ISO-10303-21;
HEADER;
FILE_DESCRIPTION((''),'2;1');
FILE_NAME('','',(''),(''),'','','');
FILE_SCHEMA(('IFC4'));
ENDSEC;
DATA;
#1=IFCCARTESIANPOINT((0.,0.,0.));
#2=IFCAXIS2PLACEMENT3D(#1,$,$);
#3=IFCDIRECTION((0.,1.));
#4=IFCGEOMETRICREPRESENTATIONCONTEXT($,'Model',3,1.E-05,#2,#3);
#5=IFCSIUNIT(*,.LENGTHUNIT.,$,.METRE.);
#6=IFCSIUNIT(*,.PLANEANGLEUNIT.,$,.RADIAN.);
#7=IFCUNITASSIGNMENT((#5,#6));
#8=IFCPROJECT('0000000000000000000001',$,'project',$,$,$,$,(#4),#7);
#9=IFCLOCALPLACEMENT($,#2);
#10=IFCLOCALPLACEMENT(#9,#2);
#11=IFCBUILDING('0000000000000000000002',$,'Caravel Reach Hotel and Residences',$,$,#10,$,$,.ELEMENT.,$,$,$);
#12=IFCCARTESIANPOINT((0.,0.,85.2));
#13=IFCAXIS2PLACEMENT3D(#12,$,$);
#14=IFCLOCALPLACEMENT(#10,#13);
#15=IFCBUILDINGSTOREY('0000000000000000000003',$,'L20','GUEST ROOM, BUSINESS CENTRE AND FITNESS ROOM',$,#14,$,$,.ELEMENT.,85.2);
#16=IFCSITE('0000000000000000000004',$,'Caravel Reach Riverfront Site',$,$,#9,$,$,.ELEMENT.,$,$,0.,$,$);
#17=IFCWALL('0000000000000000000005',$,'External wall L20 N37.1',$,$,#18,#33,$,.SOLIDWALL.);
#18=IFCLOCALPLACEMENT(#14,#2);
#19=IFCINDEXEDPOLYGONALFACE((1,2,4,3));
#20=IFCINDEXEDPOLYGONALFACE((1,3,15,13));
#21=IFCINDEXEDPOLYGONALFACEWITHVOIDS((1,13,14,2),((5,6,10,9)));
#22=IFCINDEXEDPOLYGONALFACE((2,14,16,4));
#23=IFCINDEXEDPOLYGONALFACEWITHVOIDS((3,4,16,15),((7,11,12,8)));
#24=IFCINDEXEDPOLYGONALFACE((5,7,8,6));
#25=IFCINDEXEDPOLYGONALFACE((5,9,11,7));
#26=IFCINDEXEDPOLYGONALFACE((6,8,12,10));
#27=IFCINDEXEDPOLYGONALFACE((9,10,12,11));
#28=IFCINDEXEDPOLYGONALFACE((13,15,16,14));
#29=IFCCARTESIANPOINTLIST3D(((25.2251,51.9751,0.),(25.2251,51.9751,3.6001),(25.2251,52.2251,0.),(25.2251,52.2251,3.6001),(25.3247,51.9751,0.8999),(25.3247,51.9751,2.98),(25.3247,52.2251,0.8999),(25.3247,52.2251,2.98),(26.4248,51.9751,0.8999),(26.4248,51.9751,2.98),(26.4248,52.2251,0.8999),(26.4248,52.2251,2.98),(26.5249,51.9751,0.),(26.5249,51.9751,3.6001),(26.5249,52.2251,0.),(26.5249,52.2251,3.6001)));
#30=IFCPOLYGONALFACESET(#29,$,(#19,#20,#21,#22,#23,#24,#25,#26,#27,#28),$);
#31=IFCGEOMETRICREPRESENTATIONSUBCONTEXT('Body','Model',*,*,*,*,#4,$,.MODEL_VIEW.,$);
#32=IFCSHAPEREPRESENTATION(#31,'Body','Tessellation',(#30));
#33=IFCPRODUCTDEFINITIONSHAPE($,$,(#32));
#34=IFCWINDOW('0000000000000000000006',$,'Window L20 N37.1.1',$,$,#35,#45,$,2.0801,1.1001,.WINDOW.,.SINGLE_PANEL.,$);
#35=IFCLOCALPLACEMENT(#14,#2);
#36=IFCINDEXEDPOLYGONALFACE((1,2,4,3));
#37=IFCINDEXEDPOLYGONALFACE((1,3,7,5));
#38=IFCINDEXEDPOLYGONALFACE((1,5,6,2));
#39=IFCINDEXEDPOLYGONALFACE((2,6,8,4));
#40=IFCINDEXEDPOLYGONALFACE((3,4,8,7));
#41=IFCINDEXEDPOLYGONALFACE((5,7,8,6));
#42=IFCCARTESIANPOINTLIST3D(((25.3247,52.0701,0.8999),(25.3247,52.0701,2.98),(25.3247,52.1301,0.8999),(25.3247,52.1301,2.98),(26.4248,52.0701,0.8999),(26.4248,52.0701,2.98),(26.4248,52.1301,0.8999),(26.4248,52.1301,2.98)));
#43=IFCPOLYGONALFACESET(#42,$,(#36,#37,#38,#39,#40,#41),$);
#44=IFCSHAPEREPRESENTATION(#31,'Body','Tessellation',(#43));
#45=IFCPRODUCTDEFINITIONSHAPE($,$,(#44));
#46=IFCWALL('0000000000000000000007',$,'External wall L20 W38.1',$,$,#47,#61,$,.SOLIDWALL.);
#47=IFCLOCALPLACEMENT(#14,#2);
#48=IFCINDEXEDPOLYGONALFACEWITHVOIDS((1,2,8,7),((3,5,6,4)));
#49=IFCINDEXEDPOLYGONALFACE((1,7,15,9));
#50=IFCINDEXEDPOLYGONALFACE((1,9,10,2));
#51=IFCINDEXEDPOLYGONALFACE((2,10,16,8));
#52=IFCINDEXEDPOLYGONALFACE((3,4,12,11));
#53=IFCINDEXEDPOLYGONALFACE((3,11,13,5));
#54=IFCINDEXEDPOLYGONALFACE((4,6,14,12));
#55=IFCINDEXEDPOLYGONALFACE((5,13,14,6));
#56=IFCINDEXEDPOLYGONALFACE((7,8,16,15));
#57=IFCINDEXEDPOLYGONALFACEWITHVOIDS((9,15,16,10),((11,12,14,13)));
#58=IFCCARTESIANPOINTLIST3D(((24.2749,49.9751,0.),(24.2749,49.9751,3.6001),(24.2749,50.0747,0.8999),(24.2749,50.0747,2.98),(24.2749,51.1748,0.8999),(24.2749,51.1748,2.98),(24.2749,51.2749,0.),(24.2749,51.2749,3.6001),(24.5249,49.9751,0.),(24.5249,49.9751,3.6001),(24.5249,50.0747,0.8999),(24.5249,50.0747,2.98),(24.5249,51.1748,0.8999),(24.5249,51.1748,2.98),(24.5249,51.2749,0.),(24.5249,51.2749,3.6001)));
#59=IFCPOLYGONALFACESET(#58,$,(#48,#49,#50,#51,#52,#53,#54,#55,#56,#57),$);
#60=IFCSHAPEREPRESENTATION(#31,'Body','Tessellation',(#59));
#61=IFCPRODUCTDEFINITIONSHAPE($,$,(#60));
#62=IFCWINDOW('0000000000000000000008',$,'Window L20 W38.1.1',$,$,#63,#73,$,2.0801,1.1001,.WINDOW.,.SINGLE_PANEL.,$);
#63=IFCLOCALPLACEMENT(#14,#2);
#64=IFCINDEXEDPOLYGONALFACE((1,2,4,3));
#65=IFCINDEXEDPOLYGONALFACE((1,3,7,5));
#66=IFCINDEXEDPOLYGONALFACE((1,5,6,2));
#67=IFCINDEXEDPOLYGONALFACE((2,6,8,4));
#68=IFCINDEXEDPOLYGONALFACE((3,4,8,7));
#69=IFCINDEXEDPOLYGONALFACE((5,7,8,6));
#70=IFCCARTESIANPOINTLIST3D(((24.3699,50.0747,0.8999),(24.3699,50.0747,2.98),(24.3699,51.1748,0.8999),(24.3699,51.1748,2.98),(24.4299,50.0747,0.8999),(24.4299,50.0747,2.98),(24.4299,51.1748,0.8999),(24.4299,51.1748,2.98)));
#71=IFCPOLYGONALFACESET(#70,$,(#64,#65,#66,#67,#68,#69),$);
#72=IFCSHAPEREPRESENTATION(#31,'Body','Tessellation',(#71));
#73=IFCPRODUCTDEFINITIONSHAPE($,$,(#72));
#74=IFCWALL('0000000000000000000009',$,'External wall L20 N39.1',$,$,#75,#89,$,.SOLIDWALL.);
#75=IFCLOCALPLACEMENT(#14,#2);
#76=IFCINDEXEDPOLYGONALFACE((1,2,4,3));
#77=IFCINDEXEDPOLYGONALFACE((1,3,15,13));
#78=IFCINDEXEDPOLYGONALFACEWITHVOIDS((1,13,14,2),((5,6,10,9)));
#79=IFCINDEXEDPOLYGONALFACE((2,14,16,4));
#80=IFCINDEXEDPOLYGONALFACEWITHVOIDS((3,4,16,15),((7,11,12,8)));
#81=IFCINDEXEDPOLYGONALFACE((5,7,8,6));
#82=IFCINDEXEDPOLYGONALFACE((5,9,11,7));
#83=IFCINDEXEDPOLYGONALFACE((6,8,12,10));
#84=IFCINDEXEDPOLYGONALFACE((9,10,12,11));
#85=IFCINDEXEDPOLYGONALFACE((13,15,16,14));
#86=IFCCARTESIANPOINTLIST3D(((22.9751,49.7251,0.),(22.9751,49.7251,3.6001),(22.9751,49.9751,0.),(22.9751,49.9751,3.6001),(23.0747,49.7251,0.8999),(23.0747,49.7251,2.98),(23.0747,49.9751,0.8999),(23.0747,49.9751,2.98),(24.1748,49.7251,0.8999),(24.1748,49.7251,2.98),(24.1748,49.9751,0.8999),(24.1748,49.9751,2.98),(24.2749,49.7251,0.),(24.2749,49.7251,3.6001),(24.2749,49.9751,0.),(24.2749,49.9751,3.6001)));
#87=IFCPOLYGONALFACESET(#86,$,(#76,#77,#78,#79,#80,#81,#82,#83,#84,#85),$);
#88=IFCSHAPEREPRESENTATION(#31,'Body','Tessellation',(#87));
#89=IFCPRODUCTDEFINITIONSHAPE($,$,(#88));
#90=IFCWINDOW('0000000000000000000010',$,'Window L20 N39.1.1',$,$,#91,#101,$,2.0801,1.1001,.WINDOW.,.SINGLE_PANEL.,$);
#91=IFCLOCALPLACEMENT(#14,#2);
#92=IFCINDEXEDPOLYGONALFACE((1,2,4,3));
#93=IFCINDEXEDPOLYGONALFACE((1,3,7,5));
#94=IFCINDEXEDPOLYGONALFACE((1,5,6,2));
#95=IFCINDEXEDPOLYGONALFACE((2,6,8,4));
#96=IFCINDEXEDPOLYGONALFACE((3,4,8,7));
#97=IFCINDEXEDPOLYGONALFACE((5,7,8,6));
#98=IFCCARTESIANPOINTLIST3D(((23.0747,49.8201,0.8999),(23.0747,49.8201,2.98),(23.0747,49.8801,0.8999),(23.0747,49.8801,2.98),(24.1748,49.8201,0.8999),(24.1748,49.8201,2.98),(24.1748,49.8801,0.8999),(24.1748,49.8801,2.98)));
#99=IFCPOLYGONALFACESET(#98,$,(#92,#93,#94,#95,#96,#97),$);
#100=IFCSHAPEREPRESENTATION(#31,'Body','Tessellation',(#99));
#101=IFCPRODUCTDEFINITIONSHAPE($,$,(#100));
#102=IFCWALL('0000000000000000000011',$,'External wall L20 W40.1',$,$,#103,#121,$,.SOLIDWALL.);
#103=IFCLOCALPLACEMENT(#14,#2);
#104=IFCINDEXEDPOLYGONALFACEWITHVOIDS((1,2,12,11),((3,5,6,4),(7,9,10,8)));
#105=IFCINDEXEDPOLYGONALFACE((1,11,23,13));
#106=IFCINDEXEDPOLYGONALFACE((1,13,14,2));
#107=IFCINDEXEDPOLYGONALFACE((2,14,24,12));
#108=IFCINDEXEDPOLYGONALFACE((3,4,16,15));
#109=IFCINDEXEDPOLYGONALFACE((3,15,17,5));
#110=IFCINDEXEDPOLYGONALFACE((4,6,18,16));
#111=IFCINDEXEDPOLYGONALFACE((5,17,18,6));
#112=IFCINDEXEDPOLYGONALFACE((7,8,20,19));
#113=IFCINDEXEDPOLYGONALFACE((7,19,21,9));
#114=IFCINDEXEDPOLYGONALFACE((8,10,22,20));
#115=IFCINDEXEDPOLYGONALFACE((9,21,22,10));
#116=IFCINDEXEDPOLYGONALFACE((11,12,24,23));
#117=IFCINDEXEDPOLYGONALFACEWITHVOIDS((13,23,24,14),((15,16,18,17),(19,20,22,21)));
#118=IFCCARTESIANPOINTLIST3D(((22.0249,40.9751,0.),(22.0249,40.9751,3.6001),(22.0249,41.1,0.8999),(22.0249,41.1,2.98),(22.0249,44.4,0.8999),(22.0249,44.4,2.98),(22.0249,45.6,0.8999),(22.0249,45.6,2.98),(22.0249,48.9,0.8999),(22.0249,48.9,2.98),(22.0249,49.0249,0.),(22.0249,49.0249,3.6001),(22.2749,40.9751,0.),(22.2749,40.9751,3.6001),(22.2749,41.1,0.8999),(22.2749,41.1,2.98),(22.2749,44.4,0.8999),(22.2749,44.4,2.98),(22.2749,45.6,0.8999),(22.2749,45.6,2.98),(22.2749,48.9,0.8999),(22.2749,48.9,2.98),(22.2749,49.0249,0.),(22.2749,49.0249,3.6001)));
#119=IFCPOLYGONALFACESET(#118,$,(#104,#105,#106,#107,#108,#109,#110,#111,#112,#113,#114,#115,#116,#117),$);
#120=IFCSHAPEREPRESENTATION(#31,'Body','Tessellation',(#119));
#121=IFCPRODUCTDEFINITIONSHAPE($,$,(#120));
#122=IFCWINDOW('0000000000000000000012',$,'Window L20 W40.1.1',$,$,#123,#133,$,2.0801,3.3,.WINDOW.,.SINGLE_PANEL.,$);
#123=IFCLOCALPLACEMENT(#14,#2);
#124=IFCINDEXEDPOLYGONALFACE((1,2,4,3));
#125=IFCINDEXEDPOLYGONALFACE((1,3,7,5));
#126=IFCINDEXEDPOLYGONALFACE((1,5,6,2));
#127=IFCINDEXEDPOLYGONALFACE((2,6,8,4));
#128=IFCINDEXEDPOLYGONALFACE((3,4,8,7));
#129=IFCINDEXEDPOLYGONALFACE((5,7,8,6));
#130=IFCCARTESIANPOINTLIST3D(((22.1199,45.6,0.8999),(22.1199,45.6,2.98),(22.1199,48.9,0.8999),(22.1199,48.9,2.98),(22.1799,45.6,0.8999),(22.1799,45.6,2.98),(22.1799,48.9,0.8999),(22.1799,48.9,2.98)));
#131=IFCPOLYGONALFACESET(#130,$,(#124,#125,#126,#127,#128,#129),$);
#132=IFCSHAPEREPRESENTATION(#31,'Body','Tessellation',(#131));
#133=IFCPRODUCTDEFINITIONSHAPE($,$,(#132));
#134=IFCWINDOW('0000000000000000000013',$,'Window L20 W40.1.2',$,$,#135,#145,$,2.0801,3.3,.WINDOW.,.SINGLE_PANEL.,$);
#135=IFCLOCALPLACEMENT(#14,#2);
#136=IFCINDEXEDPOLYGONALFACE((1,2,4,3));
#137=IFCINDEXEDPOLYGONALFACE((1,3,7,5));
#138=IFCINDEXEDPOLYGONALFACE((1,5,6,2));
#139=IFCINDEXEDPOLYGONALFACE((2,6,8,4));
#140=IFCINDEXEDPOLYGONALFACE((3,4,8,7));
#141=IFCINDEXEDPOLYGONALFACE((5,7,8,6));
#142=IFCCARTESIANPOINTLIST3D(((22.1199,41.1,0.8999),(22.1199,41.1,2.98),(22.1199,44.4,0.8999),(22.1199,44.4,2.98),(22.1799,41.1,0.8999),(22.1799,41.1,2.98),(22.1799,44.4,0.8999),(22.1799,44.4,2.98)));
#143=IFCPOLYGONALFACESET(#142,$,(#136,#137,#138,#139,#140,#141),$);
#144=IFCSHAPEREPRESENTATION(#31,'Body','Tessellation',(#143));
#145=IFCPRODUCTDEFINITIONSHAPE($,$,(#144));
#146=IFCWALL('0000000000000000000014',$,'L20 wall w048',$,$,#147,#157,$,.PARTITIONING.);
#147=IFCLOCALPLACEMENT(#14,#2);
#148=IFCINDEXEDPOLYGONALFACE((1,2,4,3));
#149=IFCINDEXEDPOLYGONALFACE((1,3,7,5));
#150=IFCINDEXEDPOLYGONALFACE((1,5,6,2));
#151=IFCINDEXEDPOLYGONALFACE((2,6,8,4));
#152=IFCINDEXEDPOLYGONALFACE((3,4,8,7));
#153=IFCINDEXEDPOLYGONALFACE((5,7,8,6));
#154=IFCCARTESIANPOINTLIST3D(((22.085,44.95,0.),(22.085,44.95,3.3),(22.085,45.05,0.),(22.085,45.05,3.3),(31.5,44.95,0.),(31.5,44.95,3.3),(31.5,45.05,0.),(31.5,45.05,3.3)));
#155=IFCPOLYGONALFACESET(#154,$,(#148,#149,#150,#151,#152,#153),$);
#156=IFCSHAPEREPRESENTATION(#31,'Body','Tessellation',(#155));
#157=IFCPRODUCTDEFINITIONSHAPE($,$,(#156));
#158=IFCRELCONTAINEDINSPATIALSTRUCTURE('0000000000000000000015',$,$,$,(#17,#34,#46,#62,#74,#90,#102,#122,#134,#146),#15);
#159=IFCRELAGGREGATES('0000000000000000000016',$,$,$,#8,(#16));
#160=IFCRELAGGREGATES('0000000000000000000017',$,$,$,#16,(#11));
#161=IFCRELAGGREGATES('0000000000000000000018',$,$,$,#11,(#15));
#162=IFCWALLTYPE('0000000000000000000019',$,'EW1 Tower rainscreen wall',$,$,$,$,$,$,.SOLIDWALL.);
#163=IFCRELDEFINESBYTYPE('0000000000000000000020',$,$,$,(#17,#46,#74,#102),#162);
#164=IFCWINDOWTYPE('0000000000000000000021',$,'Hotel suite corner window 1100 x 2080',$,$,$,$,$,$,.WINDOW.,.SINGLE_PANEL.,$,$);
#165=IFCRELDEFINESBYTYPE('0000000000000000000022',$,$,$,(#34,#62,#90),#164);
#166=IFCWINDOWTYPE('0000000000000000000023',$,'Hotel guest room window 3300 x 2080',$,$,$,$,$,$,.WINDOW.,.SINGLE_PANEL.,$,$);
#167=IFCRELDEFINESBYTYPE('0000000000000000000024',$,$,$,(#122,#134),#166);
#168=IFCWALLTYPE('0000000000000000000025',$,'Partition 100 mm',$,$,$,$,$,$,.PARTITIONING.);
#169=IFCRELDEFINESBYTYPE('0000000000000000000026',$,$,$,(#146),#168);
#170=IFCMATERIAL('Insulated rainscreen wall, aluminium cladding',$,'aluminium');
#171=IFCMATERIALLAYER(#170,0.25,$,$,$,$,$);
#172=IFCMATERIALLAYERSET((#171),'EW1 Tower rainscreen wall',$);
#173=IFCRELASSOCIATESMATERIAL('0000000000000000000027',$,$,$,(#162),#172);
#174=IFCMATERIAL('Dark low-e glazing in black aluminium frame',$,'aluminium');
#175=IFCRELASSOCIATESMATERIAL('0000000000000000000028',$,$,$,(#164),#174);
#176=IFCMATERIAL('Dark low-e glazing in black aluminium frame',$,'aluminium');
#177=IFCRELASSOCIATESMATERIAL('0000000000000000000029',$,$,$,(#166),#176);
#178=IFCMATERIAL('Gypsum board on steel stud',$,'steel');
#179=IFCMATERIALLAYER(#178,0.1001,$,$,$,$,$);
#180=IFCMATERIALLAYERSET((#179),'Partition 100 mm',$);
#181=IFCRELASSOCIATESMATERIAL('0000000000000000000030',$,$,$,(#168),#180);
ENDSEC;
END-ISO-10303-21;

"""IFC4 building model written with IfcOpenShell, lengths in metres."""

from ifc_helpers import new_model, si_unit, direction, frame, frame_2d, origin, place, context, subcontext, project, spatial, rectangle, extrude, material, layer, layer_set, type_object, element, fill, save


model = new_model("IFC4")

# Units and contexts
model_context = context("Model", 3, precision=1e-05, world=origin(), true_north=direction((0.0, 1.0)))
body_context = subcontext(model_context, "Body", "Model", "MODEL_VIEW")
ifc_project = project(units=[si_unit("LENGTHUNIT", "METRE"), si_unit("PLANEANGLEUNIT", "RADIAN")], contexts=[model_context])

# Site, building, storey
site_placement = place(None, origin())
site = spatial("IfcSite", under=ifc_project, at=site_placement, Name="Caravel Reach Riverfront Site", CompositionType="ELEMENT", RefElevation=0.0)
building_placement = place(site_placement, origin())
building = spatial("IfcBuilding", under=site, at=building_placement, Name="Caravel Reach Hotel and Residences", CompositionType="ELEMENT")
storey_placement = place(building_placement, frame((0.0, 0.0, 85.2)))
storey = spatial("IfcBuildingStorey", under=building, at=storey_placement, Name="L20", Description="GUEST ROOM, BUSINESS CENTRE AND FITNESS ROOM", CompositionType="ELEMENT", Elevation=85.2)

# Walls, openings, windows
ifc_material_1 = material(Name="Insulated rainscreen wall, aluminium cladding", Category="aluminium")
ifc_layer_1 = layer(ifc_material_1, 0.25)
ifc_layer_set_1 = layer_set([ifc_layer_1], Name="EW1 Tower rainscreen wall")
wall_type_1 = type_object("IfcWallType", Name="EW1 Tower rainscreen wall", PredefinedType="SOLIDWALL", material=ifc_layer_set_1)
ifc_material_2 = material(Name="Dark low-e glazing in black aluminium frame", Category="aluminium")
window_type_1 = type_object("IfcWindowType", Name="Hotel suite corner window 1100 x 2080", PartitioningType="SINGLE_PANEL", PredefinedType="WINDOW", material=ifc_material_2)
wall_1_placement = place(storey_placement, frame((26.5249, 52.1001, 0.0), z_axis=(0.0, 0.0, 1.0), x_axis=(-1.0, 0.0, 0.0)))
wall_1 = element("IfcWall", 1, at=wall_1_placement, inside=storey, type_object=wall_type_1, Name="External wall L20 N37.1", PredefinedType="SOLIDWALL", context=body_context, shape_type="SweptSolid", body=[
    extrude(rectangle(XDim=1.2998, YDim=0.25, at=frame_2d((0.6499, 0.0))), origin(), (0.0, 0.0, 1.0), 3.6001),
])
opening_1_placement = place(wall_1_placement, frame((0.1001, 0.0, 0.8999)))
opening_1 = element("IfcOpeningElement", 2, at=opening_1_placement, cuts=wall_1, PredefinedType="OPENING", context=body_context, shape_type="SweptSolid", body=[
    extrude(rectangle(XDim=1.1001, YDim=2.0801, at=frame_2d((0.55, 1.04))), frame((0.0, 0.135, 0.0), z_axis=(0.0, -1.0, 0.0), x_axis=(1.0, 0.0, 0.0)), (0.0, 0.0, 1.0), 0.27),
])
window_1_placement = place(opening_1_placement, origin())
window_1 = element("IfcWindow", 3, at=window_1_placement, inside=storey, type_object=window_type_1, Name="Window L20 N37.1.1", OverallHeight=2.0801, OverallWidth=1.1001, PartitioningType="SINGLE_PANEL", PredefinedType="WINDOW", context=body_context, shape_type="SweptSolid", body=[
    extrude(rectangle(XDim=1.1001, YDim=2.0801, at=frame_2d((0.55, 1.04))), frame((0.0, 0.03, 0.0), z_axis=(0.0, -1.0, 0.0), x_axis=(1.0, 0.0, 0.0)), (0.0, 0.0, 1.0), 0.0601),
])
fill(opening_1, window_1)
wall_2_placement = place(storey_placement, frame((24.3999, 51.2749, 0.0), z_axis=(0.0, 0.0, 1.0), x_axis=(0.0, -1.0, 0.0)))
wall_2 = element("IfcWall", 4, at=wall_2_placement, inside=storey, type_object=wall_type_1, Name="External wall L20 W38.1", PredefinedType="SOLIDWALL", context=body_context, shape_type="SweptSolid", body=[
    extrude(rectangle(XDim=1.2998, YDim=0.25, at=frame_2d((0.6499, 0.0))), origin(), (0.0, 0.0, 1.0), 3.6001),
])
opening_2_placement = place(wall_2_placement, frame((0.1001, 0.0, 0.8999)))
opening_2 = element("IfcOpeningElement", 5, at=opening_2_placement, cuts=wall_2, PredefinedType="OPENING", context=body_context, shape_type="SweptSolid", body=[
    extrude(rectangle(XDim=1.1001, YDim=2.0801, at=frame_2d((0.55, 1.04))), frame((0.0, 0.135, 0.0), z_axis=(0.0, -1.0, 0.0), x_axis=(1.0, 0.0, 0.0)), (0.0, 0.0, 1.0), 0.27),
])
window_2_placement = place(opening_2_placement, origin())
window_2 = element("IfcWindow", 6, at=window_2_placement, inside=storey, type_object=window_type_1, Name="Window L20 W38.1.1", OverallHeight=2.0801, OverallWidth=1.1001, PartitioningType="SINGLE_PANEL", PredefinedType="WINDOW", context=body_context, shape_type="SweptSolid", body=[
    extrude(rectangle(XDim=1.1001, YDim=2.0801, at=frame_2d((0.55, 1.04))), frame((0.0, 0.03, 0.0), z_axis=(0.0, -1.0, 0.0), x_axis=(1.0, 0.0, 0.0)), (0.0, 0.0, 1.0), 0.0601),
])
fill(opening_2, window_2)
wall_3_placement = place(storey_placement, frame((24.2749, 49.8501, 0.0), z_axis=(0.0, 0.0, 1.0), x_axis=(-1.0, 0.0, 0.0)))
wall_3 = element("IfcWall", 7, at=wall_3_placement, inside=storey, type_object=wall_type_1, Name="External wall L20 N39.1", PredefinedType="SOLIDWALL", context=body_context, shape_type="SweptSolid", body=[
    extrude(rectangle(XDim=1.2998, YDim=0.25, at=frame_2d((0.6499, 0.0))), origin(), (0.0, 0.0, 1.0), 3.6001),
])
opening_3_placement = place(wall_3_placement, frame((0.1001, 0.0, 0.8999)))
opening_3 = element("IfcOpeningElement", 8, at=opening_3_placement, cuts=wall_3, PredefinedType="OPENING", context=body_context, shape_type="SweptSolid", body=[
    extrude(rectangle(XDim=1.1001, YDim=2.0801, at=frame_2d((0.55, 1.04))), frame((0.0, 0.135, 0.0), z_axis=(0.0, -1.0, 0.0), x_axis=(1.0, 0.0, 0.0)), (0.0, 0.0, 1.0), 0.27),
])
window_3_placement = place(opening_3_placement, origin())
window_3 = element("IfcWindow", 9, at=window_3_placement, inside=storey, type_object=window_type_1, Name="Window L20 N39.1.1", OverallHeight=2.0801, OverallWidth=1.1001, PartitioningType="SINGLE_PANEL", PredefinedType="WINDOW", context=body_context, shape_type="SweptSolid", body=[
    extrude(rectangle(XDim=1.1001, YDim=2.0801, at=frame_2d((0.55, 1.04))), frame((0.0, 0.03, 0.0), z_axis=(0.0, -1.0, 0.0), x_axis=(1.0, 0.0, 0.0)), (0.0, 0.0, 1.0), 0.0601),
])
fill(opening_3, window_3)

# Wall, openings, windows
wall_4_placement = place(storey_placement, frame((22.1499, 49.0249, 0.0), z_axis=(0.0, 0.0, 1.0), x_axis=(0.0, -1.0, 0.0)))
wall_4 = element("IfcWall", 10, at=wall_4_placement, inside=storey, type_object=wall_type_1, Name="External wall L20 W40.1", PredefinedType="SOLIDWALL", context=body_context, shape_type="SweptSolid", body=[
    extrude(rectangle(XDim=8.0498, YDim=0.25, at=frame_2d((4.0249, 0.0))), origin(), (0.0, 0.0, 1.0), 3.6001),
])
opening_4_placement = place(wall_4_placement, frame((0.125, 0.0, 0.8999)))
opening_4 = element("IfcOpeningElement", 11, at=opening_4_placement, cuts=wall_4, PredefinedType="OPENING", context=body_context, shape_type="SweptSolid", body=[
    extrude(rectangle(XDim=3.3, YDim=2.0801, at=frame_2d((1.6499, 1.04))), frame((0.0, 0.135, 0.0), z_axis=(0.0, -1.0, 0.0), x_axis=(1.0, 0.0, 0.0)), (0.0, 0.0, 1.0), 0.27),
])
opening_5_placement = place(wall_4_placement, frame((4.625, 0.0, 0.8999)))
opening_5 = element("IfcOpeningElement", 12, at=opening_5_placement, cuts=wall_4, PredefinedType="OPENING", context=body_context, shape_type="SweptSolid", body=[
    extrude(rectangle(XDim=3.3, YDim=2.0801, at=frame_2d((1.6499, 1.04))), frame((0.0, 0.135, 0.0), z_axis=(0.0, -1.0, 0.0), x_axis=(1.0, 0.0, 0.0)), (0.0, 0.0, 1.0), 0.27),
])
ifc_material_3 = material(Name="Dark low-e glazing in black aluminium frame", Category="aluminium")
window_type_2 = type_object("IfcWindowType", Name="Hotel guest room window 3300 x 2080", PartitioningType="SINGLE_PANEL", PredefinedType="WINDOW", material=ifc_material_3)
window_4_placement = place(opening_4_placement, origin())
window_4 = element("IfcWindow", 13, at=window_4_placement, inside=storey, type_object=window_type_2, Name="Window L20 W40.1.1", OverallHeight=2.0801, OverallWidth=3.3, PartitioningType="SINGLE_PANEL", PredefinedType="WINDOW", context=body_context, shape_type="SweptSolid", body=[
    extrude(rectangle(XDim=3.3, YDim=2.0801, at=frame_2d((1.6499, 1.04))), frame((0.0, 0.03, 0.0), z_axis=(0.0, -1.0, 0.0), x_axis=(1.0, 0.0, 0.0)), (0.0, 0.0, 1.0), 0.0601),
])
fill(opening_4, window_4)
window_5_placement = place(opening_5_placement, origin())
window_5 = element("IfcWindow", 14, at=window_5_placement, inside=storey, type_object=window_type_2, Name="Window L20 W40.1.2", OverallHeight=2.0801, OverallWidth=3.3, PartitioningType="SINGLE_PANEL", PredefinedType="WINDOW", context=body_context, shape_type="SweptSolid", body=[
    extrude(rectangle(XDim=3.3, YDim=2.0801, at=frame_2d((1.6499, 1.04))), frame((0.0, 0.03, 0.0), z_axis=(0.0, -1.0, 0.0), x_axis=(1.0, 0.0, 0.0)), (0.0, 0.0, 1.0), 0.0601),
])
fill(opening_5, window_5)

# Wall
ifc_material_4 = material(Name="Gypsum board on steel stud", Category="steel")
ifc_layer_2 = layer(ifc_material_4, 0.1001)
ifc_layer_set_2 = layer_set([ifc_layer_2], Name="Partition 100 mm")
wall_type_2 = type_object("IfcWallType", Name="Partition 100 mm", PredefinedType="PARTITIONING", material=ifc_layer_set_2)
wall_5_placement = place(storey_placement, frame((22.085, 45.0, 0.0), z_axis=(0.0, 0.0, 1.0), x_axis=(1.0, 0.0, 0.0)))
element("IfcWall", 15, at=wall_5_placement, inside=storey, type_object=wall_type_2, Name="L20 wall w048", PredefinedType="PARTITIONING", context=body_context, shape_type="SweptSolid", body=[
    extrude(rectangle(XDim=9.415, YDim=0.1001, at=frame_2d((4.7075, 0.0))), origin(), (0.0, 0.0, 1.0), 3.3),
])

save(model, "model.ifc")
